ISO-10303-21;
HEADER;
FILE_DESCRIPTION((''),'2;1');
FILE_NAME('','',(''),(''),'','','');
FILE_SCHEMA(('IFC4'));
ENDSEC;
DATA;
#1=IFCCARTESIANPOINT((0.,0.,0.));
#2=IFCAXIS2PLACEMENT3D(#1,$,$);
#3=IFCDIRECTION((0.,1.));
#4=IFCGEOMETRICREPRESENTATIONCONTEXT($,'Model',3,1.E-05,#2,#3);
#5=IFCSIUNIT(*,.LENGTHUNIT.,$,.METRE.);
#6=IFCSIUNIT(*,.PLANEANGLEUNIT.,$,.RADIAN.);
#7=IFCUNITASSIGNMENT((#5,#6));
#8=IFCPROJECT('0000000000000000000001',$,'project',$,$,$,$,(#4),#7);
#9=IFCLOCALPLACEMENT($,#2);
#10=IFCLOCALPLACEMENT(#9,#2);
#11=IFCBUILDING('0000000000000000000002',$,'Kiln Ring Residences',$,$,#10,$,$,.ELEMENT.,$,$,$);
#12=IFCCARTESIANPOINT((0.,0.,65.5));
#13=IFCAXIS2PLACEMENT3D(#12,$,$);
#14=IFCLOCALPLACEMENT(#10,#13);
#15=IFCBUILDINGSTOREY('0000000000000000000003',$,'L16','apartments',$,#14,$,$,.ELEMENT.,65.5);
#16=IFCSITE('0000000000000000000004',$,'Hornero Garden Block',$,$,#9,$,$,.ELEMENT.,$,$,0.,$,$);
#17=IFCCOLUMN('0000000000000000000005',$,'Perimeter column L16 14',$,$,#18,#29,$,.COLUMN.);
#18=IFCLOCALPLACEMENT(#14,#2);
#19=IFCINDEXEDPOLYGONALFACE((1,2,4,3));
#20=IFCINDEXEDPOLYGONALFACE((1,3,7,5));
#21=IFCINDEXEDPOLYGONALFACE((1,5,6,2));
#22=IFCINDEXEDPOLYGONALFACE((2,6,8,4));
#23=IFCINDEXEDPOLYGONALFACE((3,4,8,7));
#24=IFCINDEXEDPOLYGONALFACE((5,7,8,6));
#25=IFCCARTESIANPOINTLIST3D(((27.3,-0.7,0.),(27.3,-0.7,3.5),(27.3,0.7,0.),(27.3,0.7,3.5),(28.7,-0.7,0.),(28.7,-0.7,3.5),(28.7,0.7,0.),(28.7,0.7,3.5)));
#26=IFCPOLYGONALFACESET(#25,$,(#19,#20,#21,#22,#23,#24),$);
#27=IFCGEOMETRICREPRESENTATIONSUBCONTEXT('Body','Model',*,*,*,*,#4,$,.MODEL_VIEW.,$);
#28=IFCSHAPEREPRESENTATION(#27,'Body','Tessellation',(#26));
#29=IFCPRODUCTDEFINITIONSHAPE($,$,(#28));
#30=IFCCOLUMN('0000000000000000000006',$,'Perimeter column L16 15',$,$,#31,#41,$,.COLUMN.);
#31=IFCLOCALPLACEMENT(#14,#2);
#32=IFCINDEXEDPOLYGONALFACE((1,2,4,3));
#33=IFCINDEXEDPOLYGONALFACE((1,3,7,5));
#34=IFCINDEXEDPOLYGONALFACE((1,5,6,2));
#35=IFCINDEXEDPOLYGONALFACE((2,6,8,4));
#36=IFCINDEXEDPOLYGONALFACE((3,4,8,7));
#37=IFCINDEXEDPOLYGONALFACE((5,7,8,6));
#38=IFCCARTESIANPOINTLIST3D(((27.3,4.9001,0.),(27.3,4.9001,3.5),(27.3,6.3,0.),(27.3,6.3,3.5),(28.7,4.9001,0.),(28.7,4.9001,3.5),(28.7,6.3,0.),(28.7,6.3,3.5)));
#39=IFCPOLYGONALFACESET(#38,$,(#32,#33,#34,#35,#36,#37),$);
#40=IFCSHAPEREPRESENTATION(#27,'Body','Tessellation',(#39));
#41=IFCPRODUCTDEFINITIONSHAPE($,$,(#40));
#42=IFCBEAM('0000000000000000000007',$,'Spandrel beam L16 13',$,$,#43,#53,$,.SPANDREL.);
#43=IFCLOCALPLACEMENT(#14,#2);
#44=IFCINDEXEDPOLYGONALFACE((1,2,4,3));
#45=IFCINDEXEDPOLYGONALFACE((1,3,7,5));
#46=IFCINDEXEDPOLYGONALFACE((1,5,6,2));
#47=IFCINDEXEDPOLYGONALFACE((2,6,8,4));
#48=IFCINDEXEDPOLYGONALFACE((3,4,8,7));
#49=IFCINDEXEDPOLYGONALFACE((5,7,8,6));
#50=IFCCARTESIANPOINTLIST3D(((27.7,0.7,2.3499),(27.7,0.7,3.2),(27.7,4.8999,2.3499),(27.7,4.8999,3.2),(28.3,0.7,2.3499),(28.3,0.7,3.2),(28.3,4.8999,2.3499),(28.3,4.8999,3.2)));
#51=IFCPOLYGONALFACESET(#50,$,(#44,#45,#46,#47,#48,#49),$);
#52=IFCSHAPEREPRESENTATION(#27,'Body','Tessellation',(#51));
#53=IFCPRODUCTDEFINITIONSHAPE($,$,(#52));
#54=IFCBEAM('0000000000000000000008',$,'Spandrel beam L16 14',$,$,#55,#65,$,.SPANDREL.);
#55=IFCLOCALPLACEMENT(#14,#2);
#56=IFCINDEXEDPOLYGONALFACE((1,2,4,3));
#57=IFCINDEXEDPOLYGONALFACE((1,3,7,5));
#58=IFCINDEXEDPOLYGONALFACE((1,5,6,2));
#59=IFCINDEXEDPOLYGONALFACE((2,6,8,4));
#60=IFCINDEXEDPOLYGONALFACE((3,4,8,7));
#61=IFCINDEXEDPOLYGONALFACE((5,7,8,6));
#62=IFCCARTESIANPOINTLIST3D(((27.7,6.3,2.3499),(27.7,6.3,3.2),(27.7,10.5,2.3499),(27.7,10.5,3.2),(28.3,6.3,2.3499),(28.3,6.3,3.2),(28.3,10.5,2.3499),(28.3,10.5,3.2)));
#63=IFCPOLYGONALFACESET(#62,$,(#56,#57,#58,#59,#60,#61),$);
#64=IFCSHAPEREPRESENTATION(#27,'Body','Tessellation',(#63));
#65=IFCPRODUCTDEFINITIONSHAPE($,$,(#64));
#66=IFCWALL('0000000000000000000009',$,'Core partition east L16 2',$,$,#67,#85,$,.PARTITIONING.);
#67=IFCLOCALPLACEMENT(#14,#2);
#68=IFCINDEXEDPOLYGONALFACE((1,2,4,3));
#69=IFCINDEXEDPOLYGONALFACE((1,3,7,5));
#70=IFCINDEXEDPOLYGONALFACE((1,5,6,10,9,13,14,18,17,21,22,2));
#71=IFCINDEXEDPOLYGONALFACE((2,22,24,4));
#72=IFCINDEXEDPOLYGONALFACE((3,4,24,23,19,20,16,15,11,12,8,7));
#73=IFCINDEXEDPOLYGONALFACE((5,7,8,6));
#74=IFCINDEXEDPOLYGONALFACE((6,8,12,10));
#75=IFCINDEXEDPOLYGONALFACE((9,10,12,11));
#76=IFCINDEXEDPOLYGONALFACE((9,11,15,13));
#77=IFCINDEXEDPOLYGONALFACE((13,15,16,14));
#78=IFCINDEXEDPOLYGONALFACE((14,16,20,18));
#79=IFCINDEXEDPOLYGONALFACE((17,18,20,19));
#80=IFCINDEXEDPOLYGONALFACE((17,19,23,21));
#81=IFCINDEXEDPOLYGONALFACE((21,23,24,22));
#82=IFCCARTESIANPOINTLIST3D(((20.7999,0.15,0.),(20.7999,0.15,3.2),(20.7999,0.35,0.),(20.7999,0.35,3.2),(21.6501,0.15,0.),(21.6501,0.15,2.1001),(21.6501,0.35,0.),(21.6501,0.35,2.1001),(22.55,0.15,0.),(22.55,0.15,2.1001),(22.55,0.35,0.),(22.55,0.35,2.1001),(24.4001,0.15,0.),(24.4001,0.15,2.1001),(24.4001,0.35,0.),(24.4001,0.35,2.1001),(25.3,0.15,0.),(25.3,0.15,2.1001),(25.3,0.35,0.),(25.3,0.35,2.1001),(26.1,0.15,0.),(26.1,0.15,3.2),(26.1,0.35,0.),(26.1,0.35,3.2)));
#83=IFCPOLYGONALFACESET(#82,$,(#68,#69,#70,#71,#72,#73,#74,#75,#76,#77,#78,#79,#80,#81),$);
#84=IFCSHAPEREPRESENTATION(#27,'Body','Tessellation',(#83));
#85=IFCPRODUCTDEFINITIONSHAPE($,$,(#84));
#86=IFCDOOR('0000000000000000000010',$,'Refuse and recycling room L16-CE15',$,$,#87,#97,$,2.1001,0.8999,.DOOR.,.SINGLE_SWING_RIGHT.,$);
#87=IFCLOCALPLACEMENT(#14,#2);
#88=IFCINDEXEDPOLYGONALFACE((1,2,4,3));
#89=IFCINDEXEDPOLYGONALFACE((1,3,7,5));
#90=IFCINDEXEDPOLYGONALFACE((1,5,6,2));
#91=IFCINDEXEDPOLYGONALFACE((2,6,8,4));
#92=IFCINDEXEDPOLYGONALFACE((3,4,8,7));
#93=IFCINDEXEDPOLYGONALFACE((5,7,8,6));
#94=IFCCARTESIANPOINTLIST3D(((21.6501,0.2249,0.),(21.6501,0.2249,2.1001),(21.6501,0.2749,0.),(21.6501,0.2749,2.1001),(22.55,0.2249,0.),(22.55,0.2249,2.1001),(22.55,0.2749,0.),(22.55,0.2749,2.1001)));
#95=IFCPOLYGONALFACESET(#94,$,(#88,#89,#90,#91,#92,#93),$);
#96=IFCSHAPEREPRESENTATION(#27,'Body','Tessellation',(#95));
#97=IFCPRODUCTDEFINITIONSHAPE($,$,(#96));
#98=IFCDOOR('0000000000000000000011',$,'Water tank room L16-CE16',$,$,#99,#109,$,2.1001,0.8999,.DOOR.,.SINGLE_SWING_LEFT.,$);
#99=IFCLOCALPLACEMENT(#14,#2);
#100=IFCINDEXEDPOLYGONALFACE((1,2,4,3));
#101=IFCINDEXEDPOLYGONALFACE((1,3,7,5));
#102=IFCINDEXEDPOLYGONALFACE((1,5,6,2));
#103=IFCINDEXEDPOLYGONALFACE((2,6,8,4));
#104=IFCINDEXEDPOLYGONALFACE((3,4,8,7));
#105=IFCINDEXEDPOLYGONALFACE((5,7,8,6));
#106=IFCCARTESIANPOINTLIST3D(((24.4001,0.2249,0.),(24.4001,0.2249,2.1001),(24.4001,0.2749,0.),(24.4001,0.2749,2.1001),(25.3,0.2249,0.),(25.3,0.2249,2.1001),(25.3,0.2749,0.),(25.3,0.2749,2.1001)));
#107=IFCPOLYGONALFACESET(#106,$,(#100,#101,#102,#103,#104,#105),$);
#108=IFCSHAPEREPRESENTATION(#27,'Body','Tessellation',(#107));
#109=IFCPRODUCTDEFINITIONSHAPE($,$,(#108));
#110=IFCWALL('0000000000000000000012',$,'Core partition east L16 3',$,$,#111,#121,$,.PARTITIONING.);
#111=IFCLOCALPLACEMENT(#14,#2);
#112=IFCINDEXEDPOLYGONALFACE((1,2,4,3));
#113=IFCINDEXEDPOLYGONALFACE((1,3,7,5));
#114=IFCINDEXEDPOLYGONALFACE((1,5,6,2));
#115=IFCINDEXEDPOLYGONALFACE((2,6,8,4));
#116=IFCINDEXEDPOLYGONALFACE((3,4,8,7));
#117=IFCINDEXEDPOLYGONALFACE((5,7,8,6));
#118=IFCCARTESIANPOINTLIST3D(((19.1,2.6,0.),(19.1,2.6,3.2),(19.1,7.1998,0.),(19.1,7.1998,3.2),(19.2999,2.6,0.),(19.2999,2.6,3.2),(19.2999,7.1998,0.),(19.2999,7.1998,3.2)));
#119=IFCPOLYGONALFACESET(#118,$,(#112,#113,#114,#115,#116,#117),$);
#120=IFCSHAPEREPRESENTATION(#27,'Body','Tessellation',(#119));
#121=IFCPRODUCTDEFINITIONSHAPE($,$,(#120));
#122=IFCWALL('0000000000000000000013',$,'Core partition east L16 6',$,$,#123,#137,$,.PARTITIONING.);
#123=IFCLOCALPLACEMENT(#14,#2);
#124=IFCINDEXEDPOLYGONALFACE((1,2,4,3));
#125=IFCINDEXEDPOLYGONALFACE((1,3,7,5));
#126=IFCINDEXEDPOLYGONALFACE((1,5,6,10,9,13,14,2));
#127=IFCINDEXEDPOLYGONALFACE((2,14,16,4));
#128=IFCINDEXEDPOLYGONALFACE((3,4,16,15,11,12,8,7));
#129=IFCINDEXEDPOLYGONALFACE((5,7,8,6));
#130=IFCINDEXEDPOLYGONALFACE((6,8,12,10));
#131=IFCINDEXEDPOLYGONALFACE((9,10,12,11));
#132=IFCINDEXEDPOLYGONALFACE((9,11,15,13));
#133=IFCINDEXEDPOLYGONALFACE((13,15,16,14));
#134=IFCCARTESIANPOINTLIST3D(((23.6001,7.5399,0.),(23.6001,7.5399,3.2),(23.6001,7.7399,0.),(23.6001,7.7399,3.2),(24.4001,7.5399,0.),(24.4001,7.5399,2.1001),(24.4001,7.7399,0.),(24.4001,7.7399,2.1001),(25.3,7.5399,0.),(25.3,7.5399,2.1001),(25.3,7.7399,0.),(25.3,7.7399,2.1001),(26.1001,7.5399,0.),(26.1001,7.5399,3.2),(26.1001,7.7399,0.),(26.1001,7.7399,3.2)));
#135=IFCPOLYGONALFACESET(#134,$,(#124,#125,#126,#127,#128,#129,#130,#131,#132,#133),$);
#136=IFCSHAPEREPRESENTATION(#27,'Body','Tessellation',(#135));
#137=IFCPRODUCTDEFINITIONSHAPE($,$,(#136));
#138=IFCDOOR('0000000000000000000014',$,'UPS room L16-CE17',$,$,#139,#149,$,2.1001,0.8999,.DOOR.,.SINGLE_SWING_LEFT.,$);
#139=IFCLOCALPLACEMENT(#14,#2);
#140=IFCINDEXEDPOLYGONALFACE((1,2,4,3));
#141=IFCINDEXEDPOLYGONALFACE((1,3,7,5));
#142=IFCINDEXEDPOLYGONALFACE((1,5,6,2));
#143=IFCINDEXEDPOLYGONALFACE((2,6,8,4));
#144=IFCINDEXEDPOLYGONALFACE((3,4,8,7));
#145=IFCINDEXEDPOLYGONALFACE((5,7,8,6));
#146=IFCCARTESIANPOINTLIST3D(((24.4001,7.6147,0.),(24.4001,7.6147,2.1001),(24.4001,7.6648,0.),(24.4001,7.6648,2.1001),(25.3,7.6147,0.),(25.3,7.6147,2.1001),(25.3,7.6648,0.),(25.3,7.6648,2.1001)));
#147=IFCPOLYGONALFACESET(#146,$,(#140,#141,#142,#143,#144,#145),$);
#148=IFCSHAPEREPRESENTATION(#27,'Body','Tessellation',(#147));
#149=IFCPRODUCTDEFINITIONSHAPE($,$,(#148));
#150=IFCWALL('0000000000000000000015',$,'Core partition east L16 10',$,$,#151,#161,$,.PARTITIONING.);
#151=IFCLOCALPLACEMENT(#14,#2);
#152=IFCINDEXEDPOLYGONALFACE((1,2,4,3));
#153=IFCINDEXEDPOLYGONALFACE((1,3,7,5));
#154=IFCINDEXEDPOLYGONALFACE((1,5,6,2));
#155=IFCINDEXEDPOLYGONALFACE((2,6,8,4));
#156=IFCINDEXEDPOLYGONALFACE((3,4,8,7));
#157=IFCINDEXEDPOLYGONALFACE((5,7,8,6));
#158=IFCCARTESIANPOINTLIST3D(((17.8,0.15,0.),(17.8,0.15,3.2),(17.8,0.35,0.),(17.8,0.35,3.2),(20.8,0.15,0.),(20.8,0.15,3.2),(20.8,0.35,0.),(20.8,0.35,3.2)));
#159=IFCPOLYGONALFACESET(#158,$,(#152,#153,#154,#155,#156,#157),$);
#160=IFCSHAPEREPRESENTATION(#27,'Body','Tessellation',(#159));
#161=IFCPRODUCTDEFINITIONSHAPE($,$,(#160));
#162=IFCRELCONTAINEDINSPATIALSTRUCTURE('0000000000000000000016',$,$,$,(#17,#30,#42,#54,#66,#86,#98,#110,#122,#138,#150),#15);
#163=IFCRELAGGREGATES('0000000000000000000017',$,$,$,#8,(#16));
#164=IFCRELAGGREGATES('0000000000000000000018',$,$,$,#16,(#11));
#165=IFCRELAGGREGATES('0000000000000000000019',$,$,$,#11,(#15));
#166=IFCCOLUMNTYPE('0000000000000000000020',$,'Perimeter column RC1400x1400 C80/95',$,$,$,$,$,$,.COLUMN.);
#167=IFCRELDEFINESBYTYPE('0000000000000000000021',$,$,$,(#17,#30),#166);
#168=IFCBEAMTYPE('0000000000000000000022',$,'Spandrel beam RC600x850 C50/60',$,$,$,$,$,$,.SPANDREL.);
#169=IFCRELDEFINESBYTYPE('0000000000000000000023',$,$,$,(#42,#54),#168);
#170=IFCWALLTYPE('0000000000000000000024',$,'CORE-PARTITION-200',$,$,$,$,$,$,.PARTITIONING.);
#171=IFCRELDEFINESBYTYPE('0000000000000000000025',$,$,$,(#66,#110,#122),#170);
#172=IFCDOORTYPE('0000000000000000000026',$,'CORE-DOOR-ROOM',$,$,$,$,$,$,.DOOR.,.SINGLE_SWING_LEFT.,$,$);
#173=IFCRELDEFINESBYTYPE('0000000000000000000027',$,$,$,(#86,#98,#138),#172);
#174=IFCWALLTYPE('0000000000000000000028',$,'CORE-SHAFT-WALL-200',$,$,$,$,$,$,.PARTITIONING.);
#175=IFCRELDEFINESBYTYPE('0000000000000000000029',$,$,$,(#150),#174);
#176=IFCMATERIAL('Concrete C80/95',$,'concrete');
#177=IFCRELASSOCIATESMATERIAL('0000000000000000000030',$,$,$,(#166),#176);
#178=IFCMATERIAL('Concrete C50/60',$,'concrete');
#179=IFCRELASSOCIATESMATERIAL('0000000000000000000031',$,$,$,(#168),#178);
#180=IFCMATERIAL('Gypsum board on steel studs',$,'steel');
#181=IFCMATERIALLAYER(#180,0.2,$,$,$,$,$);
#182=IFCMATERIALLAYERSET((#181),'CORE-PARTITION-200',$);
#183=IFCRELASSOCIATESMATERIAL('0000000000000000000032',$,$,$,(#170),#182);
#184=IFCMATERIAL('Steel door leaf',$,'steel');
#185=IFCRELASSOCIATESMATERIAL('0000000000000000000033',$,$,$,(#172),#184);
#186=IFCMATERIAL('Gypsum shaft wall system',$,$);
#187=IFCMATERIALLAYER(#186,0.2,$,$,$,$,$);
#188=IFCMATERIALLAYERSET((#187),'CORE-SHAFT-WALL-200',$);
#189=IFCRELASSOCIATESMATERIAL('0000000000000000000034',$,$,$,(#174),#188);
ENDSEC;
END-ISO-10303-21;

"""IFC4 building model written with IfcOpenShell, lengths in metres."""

from ifc_helpers import new_model, si_unit, direction, frame, frame_2d, origin, origin_2d, place, context, subcontext, project, spatial, rectangle, extrude, material, layer, layer_set, material_profile, profile_set, type_object, element, fill, save


model = new_model("IFC4")

# Units and contexts
model_context = context("Model", 3, precision=1e-05, world=origin(), true_north=direction((0.0, 1.0)))
body_context = subcontext(model_context, "Body", "Model", "MODEL_VIEW")
ifc_project = project(units=[si_unit("LENGTHUNIT", "METRE"), si_unit("PLANEANGLEUNIT", "RADIAN")], contexts=[model_context])

# Site, building, storey
site_placement = place(None, origin())
site = spatial("IfcSite", under=ifc_project, at=site_placement, Name="Hornero Garden Block", CompositionType="ELEMENT", RefElevation=0.0)
building_placement = place(site_placement, origin())
building = spatial("IfcBuilding", under=site, at=building_placement, Name="Kiln Ring Residences", CompositionType="ELEMENT")
storey_placement = place(building_placement, frame((0.0, 0.0, 65.5)))
storey = spatial("IfcBuildingStorey", under=building, at=storey_placement, Name="L16", Description="apartments", CompositionType="ELEMENT", Elevation=65.5)

# Columns
ifc_material_1 = material(Name="Concrete C80/95", Category="concrete")
ifc_material_profile_1 = material_profile(ifc_material_1, rectangle(XDim=1.3999, YDim=1.3999, at=origin_2d()), Name="RC1400x1400")
ifc_profile_set_1 = profile_set([ifc_material_profile_1], Name="Concrete C80/95")
column_type = type_object("IfcColumnType", Name="Perimeter column RC1400x1400 C80/95", PredefinedType="COLUMN", material=ifc_profile_set_1)
for number, where, z_axis, x_axis, name in (
    (1, (28.0, 0.0, 0.0), (0.0, 0.0, 1.0), (1.0, 0.0, 0.0), "Perimeter column L16 14"),
    (2, (28.0, 5.6001, 0.0), (0.0, 0.0, 1.0), (1.0, 0.0, 0.0), "Perimeter column L16 15"),
):
    element("IfcColumn", number, at=place(storey_placement, frame(where, z_axis=z_axis, x_axis=x_axis)), inside=storey, type_object=column_type, Name=name, PredefinedType="COLUMN", context=body_context, shape_type="SweptSolid", body=[
        extrude(rectangle(XDim=1.3999, YDim=1.3999, at=origin_2d()), origin(), (0.0, 0.0, 1.0), 3.5),
    ])

# Beams
ifc_material_2 = material(Name="Concrete C50/60", Category="concrete")
ifc_material_profile_2 = material_profile(ifc_material_2, rectangle(XDim=0.6001, YDim=0.8501, at=origin_2d()), Name="RC600x850")
ifc_profile_set_2 = profile_set([ifc_material_profile_2], Name="Concrete C50/60")
beam_type = type_object("IfcBeamType", Name="Spandrel beam RC600x850 C50/60", PredefinedType="SPANDREL", material=ifc_profile_set_2)
for number, where, z_axis, x_axis, name in (
    (3, (28.0, 0.7, 2.7749), (0.0, 1.0, 0.0), (-1.0, 0.0, 0.0), "Spandrel beam L16 13"),
    (4, (28.0, 6.3, 2.7749), (0.0, 1.0, 0.0), (-1.0, 0.0, 0.0), "Spandrel beam L16 14"),
):
    element("IfcBeam", number, at=place(storey_placement, frame(where, z_axis=z_axis, x_axis=x_axis)), inside=storey, type_object=beam_type, Name=name, PredefinedType="SPANDREL", context=body_context, shape_type="SweptSolid", body=[
        extrude(rectangle(XDim=0.6001, YDim=0.8501, at=origin_2d()), origin(), (0.0, 0.0, 1.0), 4.2),
    ])

# Wall, openings, doors
ifc_material_3 = material(Name="Gypsum board on steel studs", Category="steel")
ifc_layer_1 = layer(ifc_material_3, 0.2)
ifc_layer_set_1 = layer_set([ifc_layer_1], Name="CORE-PARTITION-200")
wall_type_1 = type_object("IfcWallType", Name="CORE-PARTITION-200", PredefinedType="PARTITIONING", material=ifc_layer_set_1)
wall_1_placement = place(storey_placement, frame((20.8, 0.25, 0.0), z_axis=(0.0, 0.0, 1.0), x_axis=(1.0, 0.0, 0.0)))
wall_1 = element("IfcWall", 5, at=wall_1_placement, inside=storey, type_object=wall_type_1, Name="Core partition east L16 2", PredefinedType="PARTITIONING", context=body_context, shape_type="SweptSolid", body=[
    extrude(rectangle(XDim=5.3, YDim=0.2, at=frame_2d((2.6499, 0.0))), origin(), (0.0, 0.0, 1.0), 3.2),
])
opening_1_placement = place(wall_1_placement, frame((0.8501, 0.0, 0.0)))
opening_1 = element("IfcOpeningElement", 6, at=opening_1_placement, cuts=wall_1, PredefinedType="OPENING", context=body_context, shape_type="SweptSolid", body=[
    extrude(rectangle(XDim=0.8999, YDim=2.1001, at=frame_2d((0.45, 1.05))), frame((0.0, 0.1099, 0.0), z_axis=(0.0, -1.0, 0.0), x_axis=(1.0, 0.0, 0.0)), (0.0, 0.0, 1.0), 0.22),
])
opening_2_placement = place(wall_1_placement, frame((3.6001, 0.0, 0.0)))
opening_2 = element("IfcOpeningElement", 7, at=opening_2_placement, cuts=wall_1, PredefinedType="OPENING", context=body_context, shape_type="SweptSolid", body=[
    extrude(rectangle(XDim=0.8999, YDim=2.1001, at=frame_2d((0.45, 1.05))), frame((0.0, 0.1099, 0.0), z_axis=(0.0, -1.0, 0.0), x_axis=(1.0, 0.0, 0.0)), (0.0, 0.0, 1.0), 0.22),
])
ifc_material_4 = material(Name="Steel door leaf", Category="steel")
door_type = type_object("IfcDoorType", Name="CORE-DOOR-ROOM", OperationType="SINGLE_SWING_LEFT", PredefinedType="DOOR", material=ifc_material_4)
door_1_placement = place(opening_1_placement, origin())
door_1 = element("IfcDoor", 8, at=door_1_placement, inside=storey, type_object=door_type, Name="Refuse and recycling room L16-CE15", OperationType="SINGLE_SWING_RIGHT", OverallHeight=2.1001, OverallWidth=0.8999, PredefinedType="DOOR", context=body_context, shape_type="SweptSolid", body=[
    extrude(rectangle(XDim=0.8999, YDim=2.1001, at=frame_2d((0.45, 1.05))), frame((0.0, 0.0249, 0.0), z_axis=(0.0, -1.0, 0.0), x_axis=(1.0, 0.0, 0.0)), (0.0, 0.0, 1.0), 0.05),
])
fill(opening_1, door_1)
door_2_placement = place(opening_2_placement, origin())
door_2 = element("IfcDoor", 9, at=door_2_placement, inside=storey, type_object=door_type, Name="Water tank room L16-CE16", OperationType="SINGLE_SWING_LEFT", OverallHeight=2.1001, OverallWidth=0.8999, PredefinedType="DOOR", context=body_context, shape_type="SweptSolid", body=[
    extrude(rectangle(XDim=0.8999, YDim=2.1001, at=frame_2d((0.45, 1.05))), frame((0.0, 0.0249, 0.0), z_axis=(0.0, -1.0, 0.0), x_axis=(1.0, 0.0, 0.0)), (0.0, 0.0, 1.0), 0.05),
])
fill(opening_2, door_2)

# Wall
wall_2_placement = place(storey_placement, frame((19.2, 2.6001, 0.0), z_axis=(0.0, 0.0, 1.0), x_axis=(0.0, 1.0, 0.0)))
element("IfcWall", 10, at=wall_2_placement, inside=storey, type_object=wall_type_1, Name="Core partition east L16 3", PredefinedType="PARTITIONING", context=body_context, shape_type="SweptSolid", body=[
    extrude(rectangle(XDim=4.5999, YDim=0.2, at=frame_2d((2.2998, 0.0))), origin(), (0.0, 0.0, 1.0), 3.2),
])

# Wall, opening, door
wall_3_placement = place(storey_placement, frame((23.6001, 7.6399, 0.0), z_axis=(0.0, 0.0, 1.0), x_axis=(1.0, 0.0, 0.0)))
wall_3 = element("IfcWall", 11, at=wall_3_placement, inside=storey, type_object=wall_type_1, Name="Core partition east L16 6", PredefinedType="PARTITIONING", context=body_context, shape_type="SweptSolid", body=[
    extrude(rectangle(XDim=2.5, YDim=0.2, at=frame_2d((1.25, 0.0))), origin(), (0.0, 0.0, 1.0), 3.2),
])
opening_3_placement = place(wall_3_placement, frame((0.8, 0.0, 0.0)))
opening_3 = element("IfcOpeningElement", 12, at=opening_3_placement, cuts=wall_3, PredefinedType="OPENING", context=body_context, shape_type="SweptSolid", body=[
    extrude(rectangle(XDim=0.8999, YDim=2.1001, at=frame_2d((0.45, 1.05))), frame((0.0, 0.1099, 0.0), z_axis=(0.0, -1.0, 0.0), x_axis=(1.0, 0.0, 0.0)), (0.0, 0.0, 1.0), 0.22),
])
door_3_placement = place(opening_3_placement, origin())
door_3 = element("IfcDoor", 13, at=door_3_placement, inside=storey, type_object=door_type, Name="UPS room L16-CE17", OperationType="SINGLE_SWING_LEFT", OverallHeight=2.1001, OverallWidth=0.8999, PredefinedType="DOOR", context=body_context, shape_type="SweptSolid", body=[
    extrude(rectangle(XDim=0.8999, YDim=2.1001, at=frame_2d((0.45, 1.05))), frame((0.0, 0.0249, 0.0), z_axis=(0.0, -1.0, 0.0), x_axis=(1.0, 0.0, 0.0)), (0.0, 0.0, 1.0), 0.05),
])
fill(opening_3, door_3)

# Wall
ifc_material_5 = material(Name="Gypsum shaft wall system")
ifc_layer_2 = layer(ifc_material_5, 0.2)
ifc_layer_set_2 = layer_set([ifc_layer_2], Name="CORE-SHAFT-WALL-200")
wall_type_2 = type_object("IfcWallType", Name="CORE-SHAFT-WALL-200", PredefinedType="PARTITIONING", material=ifc_layer_set_2)
wall_4_placement = place(storey_placement, frame((17.8, 0.25, 0.0), z_axis=(0.0, 0.0, 1.0), x_axis=(1.0, 0.0, 0.0)))
element("IfcWall", 14, at=wall_4_placement, inside=storey, type_object=wall_type_2, Name="Core partition east L16 10", PredefinedType="PARTITIONING", context=body_context, shape_type="SweptSolid", body=[
    extrude(rectangle(XDim=3.0, YDim=0.2, at=frame_2d((1.5, 0.0))), origin(), (0.0, 0.0, 1.0), 3.2),
])

save(model, "model.ifc")
